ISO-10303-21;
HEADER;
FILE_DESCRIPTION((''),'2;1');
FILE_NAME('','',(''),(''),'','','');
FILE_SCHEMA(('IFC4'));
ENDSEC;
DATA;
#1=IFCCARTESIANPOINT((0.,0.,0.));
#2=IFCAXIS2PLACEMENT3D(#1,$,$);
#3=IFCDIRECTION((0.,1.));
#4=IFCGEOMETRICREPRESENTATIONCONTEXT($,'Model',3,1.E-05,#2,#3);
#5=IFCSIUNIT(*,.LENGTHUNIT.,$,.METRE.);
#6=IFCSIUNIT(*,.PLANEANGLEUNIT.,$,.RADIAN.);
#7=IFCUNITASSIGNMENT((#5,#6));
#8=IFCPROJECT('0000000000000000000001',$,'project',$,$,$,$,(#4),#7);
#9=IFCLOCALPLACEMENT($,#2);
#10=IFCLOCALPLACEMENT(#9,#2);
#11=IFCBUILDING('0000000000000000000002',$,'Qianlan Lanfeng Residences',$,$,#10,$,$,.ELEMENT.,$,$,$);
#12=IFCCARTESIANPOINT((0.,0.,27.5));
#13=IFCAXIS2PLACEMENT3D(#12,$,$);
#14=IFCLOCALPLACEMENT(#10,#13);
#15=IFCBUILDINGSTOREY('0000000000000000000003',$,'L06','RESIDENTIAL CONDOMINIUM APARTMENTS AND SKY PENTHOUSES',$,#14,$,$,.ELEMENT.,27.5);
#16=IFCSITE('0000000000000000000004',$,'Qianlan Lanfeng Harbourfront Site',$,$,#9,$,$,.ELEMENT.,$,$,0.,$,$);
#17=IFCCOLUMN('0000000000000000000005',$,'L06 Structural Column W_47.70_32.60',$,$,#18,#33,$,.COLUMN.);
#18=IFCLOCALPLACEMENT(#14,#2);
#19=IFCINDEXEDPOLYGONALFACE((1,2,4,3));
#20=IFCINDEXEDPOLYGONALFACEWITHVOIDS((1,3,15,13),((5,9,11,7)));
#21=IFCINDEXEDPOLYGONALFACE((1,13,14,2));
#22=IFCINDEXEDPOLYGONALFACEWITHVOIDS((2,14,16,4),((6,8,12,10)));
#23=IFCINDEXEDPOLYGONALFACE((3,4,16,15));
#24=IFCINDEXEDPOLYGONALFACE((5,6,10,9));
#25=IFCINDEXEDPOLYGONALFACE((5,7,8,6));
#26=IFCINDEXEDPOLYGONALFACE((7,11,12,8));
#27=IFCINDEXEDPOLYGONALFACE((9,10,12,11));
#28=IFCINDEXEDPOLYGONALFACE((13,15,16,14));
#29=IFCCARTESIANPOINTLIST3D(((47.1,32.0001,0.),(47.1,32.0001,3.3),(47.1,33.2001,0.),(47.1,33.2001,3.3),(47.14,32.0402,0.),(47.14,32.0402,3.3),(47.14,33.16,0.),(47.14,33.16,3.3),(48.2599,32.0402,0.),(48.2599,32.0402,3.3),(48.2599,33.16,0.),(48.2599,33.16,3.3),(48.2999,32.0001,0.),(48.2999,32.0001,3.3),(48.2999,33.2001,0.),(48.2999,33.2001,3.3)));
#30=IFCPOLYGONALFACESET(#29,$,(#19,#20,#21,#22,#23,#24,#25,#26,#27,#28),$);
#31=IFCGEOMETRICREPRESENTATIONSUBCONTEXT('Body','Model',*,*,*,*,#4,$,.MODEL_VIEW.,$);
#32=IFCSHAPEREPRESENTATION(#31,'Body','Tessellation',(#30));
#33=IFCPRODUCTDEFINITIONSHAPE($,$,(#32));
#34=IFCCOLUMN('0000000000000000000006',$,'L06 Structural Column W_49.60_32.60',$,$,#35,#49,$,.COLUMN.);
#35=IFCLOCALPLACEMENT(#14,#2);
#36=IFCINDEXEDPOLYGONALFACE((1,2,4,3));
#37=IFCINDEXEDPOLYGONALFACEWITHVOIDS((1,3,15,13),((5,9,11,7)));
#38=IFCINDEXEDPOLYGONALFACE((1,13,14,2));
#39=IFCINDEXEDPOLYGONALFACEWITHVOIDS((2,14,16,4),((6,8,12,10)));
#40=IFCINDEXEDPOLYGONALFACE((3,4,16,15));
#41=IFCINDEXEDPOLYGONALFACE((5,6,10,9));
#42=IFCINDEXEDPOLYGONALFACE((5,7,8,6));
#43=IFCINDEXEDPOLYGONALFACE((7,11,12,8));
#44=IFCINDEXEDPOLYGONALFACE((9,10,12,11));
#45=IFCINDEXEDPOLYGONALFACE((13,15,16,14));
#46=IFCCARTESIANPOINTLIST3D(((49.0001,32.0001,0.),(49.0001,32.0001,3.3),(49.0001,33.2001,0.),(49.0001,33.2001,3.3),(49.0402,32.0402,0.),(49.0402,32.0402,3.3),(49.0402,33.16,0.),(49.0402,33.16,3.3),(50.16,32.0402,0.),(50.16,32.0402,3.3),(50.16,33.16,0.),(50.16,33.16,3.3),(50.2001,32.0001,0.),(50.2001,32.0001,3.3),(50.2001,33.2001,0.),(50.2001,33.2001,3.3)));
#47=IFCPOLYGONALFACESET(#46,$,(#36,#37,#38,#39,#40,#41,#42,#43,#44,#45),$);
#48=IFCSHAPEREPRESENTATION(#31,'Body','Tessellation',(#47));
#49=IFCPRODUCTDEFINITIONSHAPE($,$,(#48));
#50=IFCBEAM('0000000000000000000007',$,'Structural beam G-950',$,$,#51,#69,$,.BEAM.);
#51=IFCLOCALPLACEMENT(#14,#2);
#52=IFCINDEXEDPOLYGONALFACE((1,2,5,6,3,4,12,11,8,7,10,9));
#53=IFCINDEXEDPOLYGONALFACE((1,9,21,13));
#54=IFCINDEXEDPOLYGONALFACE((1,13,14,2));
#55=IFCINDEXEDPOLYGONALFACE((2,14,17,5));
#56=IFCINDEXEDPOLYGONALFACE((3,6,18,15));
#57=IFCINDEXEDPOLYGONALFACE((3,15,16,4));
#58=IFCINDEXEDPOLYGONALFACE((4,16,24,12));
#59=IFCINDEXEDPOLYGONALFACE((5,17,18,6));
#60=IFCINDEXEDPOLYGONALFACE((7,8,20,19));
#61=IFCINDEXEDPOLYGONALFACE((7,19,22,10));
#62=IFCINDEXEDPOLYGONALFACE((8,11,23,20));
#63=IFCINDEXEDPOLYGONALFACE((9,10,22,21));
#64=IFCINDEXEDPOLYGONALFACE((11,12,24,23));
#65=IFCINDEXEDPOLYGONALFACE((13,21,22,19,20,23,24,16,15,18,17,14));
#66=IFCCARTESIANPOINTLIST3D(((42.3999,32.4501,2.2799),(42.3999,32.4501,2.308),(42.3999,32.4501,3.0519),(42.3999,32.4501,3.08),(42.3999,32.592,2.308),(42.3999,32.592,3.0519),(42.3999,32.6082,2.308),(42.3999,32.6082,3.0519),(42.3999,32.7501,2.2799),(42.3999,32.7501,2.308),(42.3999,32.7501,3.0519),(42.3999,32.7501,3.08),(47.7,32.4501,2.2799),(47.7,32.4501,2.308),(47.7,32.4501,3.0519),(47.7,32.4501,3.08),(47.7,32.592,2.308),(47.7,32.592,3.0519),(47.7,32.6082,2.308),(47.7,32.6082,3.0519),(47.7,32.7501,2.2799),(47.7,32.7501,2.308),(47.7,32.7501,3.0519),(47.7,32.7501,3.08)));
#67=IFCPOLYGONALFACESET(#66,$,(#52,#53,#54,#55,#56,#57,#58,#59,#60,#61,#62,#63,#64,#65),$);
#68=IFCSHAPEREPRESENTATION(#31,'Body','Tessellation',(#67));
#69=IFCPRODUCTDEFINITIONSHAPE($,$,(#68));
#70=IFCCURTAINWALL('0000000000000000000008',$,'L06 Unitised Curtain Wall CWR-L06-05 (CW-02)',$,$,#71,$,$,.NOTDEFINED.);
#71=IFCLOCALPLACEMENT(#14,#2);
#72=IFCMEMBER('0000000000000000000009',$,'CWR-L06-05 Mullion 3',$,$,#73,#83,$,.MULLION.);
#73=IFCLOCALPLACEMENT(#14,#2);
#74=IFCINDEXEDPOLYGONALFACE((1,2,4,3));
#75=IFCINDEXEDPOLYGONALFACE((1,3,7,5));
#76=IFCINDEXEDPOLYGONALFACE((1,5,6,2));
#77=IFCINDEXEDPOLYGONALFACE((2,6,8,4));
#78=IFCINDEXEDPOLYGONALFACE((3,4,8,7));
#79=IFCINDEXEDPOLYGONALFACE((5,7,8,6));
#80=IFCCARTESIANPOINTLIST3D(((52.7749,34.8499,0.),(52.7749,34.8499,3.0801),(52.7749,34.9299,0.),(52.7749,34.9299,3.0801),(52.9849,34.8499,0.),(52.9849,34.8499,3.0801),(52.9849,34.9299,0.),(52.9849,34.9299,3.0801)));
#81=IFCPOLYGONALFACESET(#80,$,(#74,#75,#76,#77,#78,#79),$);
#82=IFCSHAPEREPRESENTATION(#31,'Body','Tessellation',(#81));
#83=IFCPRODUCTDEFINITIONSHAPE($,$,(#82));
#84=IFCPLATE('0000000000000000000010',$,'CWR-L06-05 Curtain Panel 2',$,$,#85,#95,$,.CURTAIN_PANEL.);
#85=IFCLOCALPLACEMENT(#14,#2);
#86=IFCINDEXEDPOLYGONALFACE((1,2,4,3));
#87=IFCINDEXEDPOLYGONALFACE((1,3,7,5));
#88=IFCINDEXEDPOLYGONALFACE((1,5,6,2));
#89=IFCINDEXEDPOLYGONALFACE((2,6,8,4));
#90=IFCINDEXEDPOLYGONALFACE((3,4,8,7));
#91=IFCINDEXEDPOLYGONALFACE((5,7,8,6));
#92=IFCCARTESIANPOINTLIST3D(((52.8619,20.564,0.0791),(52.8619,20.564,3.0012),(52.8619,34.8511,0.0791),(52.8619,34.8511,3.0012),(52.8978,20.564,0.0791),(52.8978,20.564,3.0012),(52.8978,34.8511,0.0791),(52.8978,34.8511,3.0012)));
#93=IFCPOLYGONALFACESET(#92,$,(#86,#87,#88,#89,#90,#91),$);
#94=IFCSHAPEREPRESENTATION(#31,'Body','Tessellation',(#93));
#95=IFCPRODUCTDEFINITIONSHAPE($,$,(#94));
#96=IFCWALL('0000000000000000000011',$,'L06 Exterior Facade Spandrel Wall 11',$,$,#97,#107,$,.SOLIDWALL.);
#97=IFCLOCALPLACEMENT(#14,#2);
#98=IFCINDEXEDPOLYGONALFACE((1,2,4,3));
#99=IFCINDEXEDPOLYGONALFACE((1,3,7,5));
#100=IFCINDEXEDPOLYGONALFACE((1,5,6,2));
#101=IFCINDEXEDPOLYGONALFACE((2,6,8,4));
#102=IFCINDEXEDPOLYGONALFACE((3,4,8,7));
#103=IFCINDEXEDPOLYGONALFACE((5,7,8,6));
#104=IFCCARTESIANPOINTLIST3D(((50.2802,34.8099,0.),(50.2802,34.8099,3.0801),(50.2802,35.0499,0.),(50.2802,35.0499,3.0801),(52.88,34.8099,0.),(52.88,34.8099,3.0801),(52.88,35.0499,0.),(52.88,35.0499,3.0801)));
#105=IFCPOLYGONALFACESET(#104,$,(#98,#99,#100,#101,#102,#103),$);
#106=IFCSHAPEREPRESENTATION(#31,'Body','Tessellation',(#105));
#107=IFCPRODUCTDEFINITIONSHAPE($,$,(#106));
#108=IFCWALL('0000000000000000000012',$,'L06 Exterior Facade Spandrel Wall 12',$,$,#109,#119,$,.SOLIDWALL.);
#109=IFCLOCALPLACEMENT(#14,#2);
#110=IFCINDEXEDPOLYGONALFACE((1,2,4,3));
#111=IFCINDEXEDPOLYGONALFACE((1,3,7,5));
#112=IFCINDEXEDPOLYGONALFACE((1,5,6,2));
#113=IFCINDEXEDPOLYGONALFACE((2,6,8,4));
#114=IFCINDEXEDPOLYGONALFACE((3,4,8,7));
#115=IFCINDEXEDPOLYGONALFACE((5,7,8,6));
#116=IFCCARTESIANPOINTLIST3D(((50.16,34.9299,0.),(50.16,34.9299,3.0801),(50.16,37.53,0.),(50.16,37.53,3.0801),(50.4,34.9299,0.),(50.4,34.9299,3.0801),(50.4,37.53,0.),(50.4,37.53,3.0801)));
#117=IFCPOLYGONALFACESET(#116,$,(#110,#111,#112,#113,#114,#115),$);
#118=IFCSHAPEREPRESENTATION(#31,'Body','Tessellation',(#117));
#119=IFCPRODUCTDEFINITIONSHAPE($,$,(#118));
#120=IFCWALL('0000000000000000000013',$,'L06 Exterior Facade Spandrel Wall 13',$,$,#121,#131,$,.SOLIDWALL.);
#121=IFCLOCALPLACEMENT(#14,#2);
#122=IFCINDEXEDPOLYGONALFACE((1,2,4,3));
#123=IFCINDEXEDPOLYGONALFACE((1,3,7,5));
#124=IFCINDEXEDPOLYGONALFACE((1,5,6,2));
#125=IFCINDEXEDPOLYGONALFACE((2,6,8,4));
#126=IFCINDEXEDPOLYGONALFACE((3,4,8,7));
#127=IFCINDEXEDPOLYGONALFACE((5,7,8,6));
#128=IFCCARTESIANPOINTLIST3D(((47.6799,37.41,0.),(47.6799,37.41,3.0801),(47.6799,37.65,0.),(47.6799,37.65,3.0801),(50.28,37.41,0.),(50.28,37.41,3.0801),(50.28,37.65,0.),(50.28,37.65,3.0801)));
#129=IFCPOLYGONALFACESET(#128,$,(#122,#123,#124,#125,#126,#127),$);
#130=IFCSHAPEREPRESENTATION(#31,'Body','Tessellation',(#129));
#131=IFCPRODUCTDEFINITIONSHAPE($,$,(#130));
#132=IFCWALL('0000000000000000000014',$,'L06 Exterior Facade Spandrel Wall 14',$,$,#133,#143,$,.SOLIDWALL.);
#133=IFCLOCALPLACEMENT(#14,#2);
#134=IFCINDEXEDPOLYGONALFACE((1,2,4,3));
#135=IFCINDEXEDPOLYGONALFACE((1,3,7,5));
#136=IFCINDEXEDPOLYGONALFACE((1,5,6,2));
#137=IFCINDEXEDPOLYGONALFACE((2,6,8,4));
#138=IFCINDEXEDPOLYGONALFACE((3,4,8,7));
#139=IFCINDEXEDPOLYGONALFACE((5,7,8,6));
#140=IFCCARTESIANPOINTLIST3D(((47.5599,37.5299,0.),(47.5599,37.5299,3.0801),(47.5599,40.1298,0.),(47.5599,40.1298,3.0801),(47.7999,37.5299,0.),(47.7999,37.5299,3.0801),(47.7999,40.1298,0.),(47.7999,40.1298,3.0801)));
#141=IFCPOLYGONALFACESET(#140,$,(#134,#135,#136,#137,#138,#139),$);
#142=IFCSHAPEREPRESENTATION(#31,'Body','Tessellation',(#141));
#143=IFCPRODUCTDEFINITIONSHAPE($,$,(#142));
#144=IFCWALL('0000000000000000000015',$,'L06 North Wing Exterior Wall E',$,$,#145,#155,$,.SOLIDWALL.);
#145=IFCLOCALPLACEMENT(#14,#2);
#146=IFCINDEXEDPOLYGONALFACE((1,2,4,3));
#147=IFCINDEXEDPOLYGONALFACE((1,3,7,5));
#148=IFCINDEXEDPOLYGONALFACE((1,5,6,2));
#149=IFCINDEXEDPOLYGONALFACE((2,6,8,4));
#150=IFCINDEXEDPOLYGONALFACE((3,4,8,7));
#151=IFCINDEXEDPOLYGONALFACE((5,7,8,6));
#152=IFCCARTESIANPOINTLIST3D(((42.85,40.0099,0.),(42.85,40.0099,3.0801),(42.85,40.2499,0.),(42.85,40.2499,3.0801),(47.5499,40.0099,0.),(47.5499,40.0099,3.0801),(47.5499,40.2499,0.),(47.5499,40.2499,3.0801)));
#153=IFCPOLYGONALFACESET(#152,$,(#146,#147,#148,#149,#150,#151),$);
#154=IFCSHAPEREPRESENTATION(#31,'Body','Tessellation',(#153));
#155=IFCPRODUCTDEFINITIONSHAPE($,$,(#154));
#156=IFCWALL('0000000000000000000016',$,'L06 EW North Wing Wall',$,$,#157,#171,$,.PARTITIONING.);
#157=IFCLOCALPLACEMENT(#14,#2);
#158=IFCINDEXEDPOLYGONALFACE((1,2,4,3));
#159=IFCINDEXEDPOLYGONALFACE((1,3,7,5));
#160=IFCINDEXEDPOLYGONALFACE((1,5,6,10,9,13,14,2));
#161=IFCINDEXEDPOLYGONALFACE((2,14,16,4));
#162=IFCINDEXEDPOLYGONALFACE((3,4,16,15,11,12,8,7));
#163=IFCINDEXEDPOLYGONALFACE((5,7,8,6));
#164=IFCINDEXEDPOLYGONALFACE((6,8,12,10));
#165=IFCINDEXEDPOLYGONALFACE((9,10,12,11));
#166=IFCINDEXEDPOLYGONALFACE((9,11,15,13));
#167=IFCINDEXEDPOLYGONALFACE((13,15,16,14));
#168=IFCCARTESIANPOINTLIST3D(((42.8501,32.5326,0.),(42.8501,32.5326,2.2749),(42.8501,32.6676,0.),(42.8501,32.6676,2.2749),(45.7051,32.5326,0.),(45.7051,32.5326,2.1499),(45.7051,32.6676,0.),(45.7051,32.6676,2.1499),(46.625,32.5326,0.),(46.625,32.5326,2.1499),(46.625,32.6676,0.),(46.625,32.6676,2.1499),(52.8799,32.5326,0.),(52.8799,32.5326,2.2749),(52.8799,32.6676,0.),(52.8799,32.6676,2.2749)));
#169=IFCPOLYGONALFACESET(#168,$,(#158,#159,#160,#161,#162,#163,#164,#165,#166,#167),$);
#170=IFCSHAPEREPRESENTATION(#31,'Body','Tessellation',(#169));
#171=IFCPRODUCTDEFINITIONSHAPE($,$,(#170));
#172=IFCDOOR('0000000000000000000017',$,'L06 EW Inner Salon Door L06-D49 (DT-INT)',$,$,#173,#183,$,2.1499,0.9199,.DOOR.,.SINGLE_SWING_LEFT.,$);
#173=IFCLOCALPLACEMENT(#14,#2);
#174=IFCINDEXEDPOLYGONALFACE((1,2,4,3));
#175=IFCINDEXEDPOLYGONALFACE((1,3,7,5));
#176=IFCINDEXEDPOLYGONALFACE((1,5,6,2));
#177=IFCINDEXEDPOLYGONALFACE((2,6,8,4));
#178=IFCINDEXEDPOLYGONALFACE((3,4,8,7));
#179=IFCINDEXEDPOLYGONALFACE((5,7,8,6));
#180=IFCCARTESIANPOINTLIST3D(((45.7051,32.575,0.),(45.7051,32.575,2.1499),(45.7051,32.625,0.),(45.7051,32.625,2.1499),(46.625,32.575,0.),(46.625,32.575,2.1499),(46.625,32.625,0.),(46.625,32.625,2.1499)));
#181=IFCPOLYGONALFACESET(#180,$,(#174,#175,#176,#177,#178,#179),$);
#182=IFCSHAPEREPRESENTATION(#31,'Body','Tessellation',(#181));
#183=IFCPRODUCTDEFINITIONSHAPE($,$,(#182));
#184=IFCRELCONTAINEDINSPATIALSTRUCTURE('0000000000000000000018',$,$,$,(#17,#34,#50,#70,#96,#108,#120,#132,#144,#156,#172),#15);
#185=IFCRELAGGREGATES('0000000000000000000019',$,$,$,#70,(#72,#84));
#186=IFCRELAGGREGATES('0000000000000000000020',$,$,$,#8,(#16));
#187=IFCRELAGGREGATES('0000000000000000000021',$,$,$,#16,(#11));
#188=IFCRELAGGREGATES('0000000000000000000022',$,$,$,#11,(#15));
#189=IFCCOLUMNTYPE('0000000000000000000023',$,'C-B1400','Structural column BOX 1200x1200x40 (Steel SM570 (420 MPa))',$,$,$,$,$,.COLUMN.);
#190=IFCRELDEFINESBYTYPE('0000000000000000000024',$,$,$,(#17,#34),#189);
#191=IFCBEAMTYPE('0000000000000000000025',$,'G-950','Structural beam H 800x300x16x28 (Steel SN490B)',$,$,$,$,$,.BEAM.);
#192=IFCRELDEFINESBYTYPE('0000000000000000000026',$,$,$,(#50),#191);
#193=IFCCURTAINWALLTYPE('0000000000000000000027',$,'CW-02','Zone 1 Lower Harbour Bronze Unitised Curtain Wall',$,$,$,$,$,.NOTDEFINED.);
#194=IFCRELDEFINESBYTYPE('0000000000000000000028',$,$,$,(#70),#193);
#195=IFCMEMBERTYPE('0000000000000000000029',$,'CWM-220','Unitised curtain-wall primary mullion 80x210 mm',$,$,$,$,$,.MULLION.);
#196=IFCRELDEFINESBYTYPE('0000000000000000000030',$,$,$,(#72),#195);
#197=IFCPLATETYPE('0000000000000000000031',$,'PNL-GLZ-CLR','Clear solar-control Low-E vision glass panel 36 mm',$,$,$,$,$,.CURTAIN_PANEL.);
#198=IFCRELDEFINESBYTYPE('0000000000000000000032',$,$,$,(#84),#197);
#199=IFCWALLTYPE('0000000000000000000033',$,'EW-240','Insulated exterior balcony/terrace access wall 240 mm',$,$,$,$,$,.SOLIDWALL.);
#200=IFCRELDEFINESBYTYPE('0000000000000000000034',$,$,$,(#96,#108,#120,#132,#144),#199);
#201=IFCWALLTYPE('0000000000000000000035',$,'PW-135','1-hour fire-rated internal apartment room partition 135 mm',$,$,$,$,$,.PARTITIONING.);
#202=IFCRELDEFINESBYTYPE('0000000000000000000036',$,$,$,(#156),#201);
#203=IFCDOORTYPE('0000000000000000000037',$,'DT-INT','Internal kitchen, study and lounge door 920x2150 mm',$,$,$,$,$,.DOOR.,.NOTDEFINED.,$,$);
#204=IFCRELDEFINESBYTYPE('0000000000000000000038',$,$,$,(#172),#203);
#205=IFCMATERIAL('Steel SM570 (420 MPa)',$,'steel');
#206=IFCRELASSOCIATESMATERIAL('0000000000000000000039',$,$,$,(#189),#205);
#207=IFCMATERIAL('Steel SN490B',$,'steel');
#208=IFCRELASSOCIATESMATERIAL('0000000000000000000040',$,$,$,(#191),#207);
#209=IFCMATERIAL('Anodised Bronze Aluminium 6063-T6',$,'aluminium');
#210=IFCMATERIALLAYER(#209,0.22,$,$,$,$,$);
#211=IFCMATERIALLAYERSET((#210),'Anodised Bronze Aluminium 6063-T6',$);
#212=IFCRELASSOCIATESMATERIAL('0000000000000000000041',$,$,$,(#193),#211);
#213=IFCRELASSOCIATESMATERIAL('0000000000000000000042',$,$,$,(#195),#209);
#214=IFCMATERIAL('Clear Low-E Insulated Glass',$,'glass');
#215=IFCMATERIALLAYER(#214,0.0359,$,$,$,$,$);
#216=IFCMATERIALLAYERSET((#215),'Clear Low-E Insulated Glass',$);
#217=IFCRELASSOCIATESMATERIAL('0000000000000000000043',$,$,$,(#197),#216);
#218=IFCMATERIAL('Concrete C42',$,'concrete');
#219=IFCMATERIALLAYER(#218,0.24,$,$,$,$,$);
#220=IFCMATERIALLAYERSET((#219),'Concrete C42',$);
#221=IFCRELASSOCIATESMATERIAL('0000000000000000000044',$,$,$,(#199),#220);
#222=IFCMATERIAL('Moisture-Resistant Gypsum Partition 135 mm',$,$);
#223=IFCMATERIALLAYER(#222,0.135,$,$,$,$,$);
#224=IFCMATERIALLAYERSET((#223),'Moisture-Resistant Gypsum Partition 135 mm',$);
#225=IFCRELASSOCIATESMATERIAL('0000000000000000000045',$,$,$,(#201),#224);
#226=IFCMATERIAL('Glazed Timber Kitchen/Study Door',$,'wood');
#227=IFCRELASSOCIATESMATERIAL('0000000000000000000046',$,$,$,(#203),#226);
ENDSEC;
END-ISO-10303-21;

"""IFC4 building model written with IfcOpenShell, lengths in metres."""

from ifc_helpers import new_model, si_unit, direction, frame, frame_2d, origin, origin_2d, place, context, subcontext, project, spatial, rectangle, hollow_rectangle, i_section, extrude, source, transform, mapped, material, layer, layer_set, material_profile, profile_set, type_object, element, fill, aggregate, save


model = new_model("IFC4")

# Units and contexts
model_context = context("Model", 3, precision=1e-05, world=origin(), true_north=direction((0.0, 1.0)))
body_context = subcontext(model_context, "Body", "Model", "MODEL_VIEW")
ifc_project = project(units=[si_unit("LENGTHUNIT", "METRE"), si_unit("PLANEANGLEUNIT", "RADIAN")], contexts=[model_context])

# Site, building, storey
site_placement = place(None, origin())
site = spatial("IfcSite", under=ifc_project, at=site_placement, Name="Qianlan Lanfeng Harbourfront Site", CompositionType="ELEMENT", RefElevation=0.0)
building_placement = place(site_placement, origin())
building = spatial("IfcBuilding", under=site, at=building_placement, Name="Qianlan Lanfeng Residences", CompositionType="ELEMENT")
storey_placement = place(building_placement, frame((0.0, 0.0, 27.5)))
storey = spatial("IfcBuildingStorey", under=building, at=storey_placement, Name="L06", Description="RESIDENTIAL CONDOMINIUM APARTMENTS AND SKY PENTHOUSES", CompositionType="ELEMENT", Elevation=27.5)

# Columns
ifc_material_1 = material(Name="Steel SM570 (420 MPa)", Category="steel")
ifc_material_profile_1 = material_profile(ifc_material_1, hollow_rectangle(XDim=1.2, YDim=1.2, WallThickness=0.04, at=origin_2d()), Name="BOX 1200x1200x40")
ifc_profile_set_1 = profile_set([ifc_material_profile_1], Name="Steel SM570 (420 MPa)")
column_type = type_object("IfcColumnType", Name="C-B1400", Description="Structural column BOX 1200x1200x40 (Steel SM570 (420 MPa))", PredefinedType="COLUMN", material=ifc_profile_set_1)
for number, where, z_axis, x_axis, name in (
    (1, (47.7, 32.6001, 0.0), (0.0, 0.0, 1.0), (1.0, 0.0, 0.0), "L06 Structural Column W_47.70_32.60"),
    (2, (49.6001, 32.6001, 0.0), (0.0, 0.0, 1.0), (1.0, 0.0, 0.0), "L06 Structural Column W_49.60_32.60"),
):
    element("IfcColumn", number, at=place(storey_placement, frame(where, z_axis=z_axis, x_axis=x_axis)), inside=storey, type_object=column_type, Name=name, PredefinedType="COLUMN", context=body_context, shape_type="SweptSolid", body=[
        extrude(hollow_rectangle(XDim=1.2, YDim=1.2, WallThickness=0.04, at=origin_2d()), origin(), (0.0, 0.0, 1.0), 3.3),
    ])

# Beam
ifc_material_2 = material(Name="Steel SN490B", Category="steel")
ifc_material_profile_2 = material_profile(ifc_material_2, i_section(OverallWidth=0.3, OverallDepth=0.8, WebThickness=0.0161, FlangeThickness=0.0281, at=origin_2d()), Name="H 800x300x16x28")
ifc_profile_set_2 = profile_set([ifc_material_profile_2], Name="Steel SN490B")
beam_type = type_object("IfcBeamType", Name="G-950", Description="Structural beam H 800x300x16x28 (Steel SN490B)", PredefinedType="BEAM", material=ifc_profile_set_2)
beam_placement = place(storey_placement, frame((42.3999, 32.6001, 2.6799), z_axis=(1.0, 0.0, 0.0), x_axis=(0.0, 1.0, 0.0)))
element("IfcBeam", 3, at=beam_placement, inside=storey, type_object=beam_type, Name="Structural beam G-950", PredefinedType="BEAM", context=body_context, shape_type="SweptSolid", body=[
    extrude(i_section(OverallWidth=0.3, OverallDepth=0.8, WebThickness=0.0161, FlangeThickness=0.0281, at=origin_2d()), origin(), (0.0, 0.0, 1.0), 5.3),
])

# Curtain wall, member, plate
ifc_material_3 = material(Name="Anodised Bronze Aluminium 6063-T6", Category="aluminium")
ifc_layer_1 = layer(ifc_material_3, 0.22)
ifc_layer_set_1 = layer_set([ifc_layer_1], Name="Anodised Bronze Aluminium 6063-T6")
curtain_wall_type = type_object("IfcCurtainWallType", Name="CW-02", Description="Zone 1 Lower Harbour Bronze Unitised Curtain Wall", PredefinedType="NOTDEFINED", material=ifc_layer_set_1)
curtain_wall_placement = place(storey_placement, origin())
curtain_wall = element("IfcCurtainWall", 4, at=curtain_wall_placement, inside=storey, type_object=curtain_wall_type, Name="L06 Unitised Curtain Wall CWR-L06-05 (CW-02)", PredefinedType="NOTDEFINED")
ifc_material_profile_3 = material_profile(ifc_material_3, rectangle(XDim=0.0801, YDim=0.21, at=origin_2d()), Name="ALU MULLION 80x210")
ifc_profile_set_3 = profile_set([ifc_material_profile_3], Name="Anodised Bronze Aluminium 6063-T6")
member_type = type_object("IfcMemberType", Name="CWM-220", Description="Unitised curtain-wall primary mullion 80x210 mm", PredefinedType="MULLION", material=ifc_profile_set_3)
shared_shape_1 = source(origin(), body_context, "Body", "SweptSolid", [
    extrude(rectangle(XDim=0.0801, YDim=0.21, at=origin_2d()), origin(), (0.0, 0.0, 1.0), 3.0801),
])
member_placement = place(storey_placement, frame((52.8799, 34.8899, 0.0), z_axis=(0.0, 0.0, 1.0), x_axis=(0.0, 1.0, 0.0)))
member = element("IfcMember", 5, at=member_placement, type_object=member_type, Name="CWR-L06-05 Mullion 3", PredefinedType="MULLION", context=body_context, shape_type="MappedRepresentation", body=[
    mapped(shared_shape_1, transform((0.0, 0.0, 0.0), scale=1.0)),
])
ifc_material_4 = material(Name="Clear Low-E Insulated Glass", Category="glass")
ifc_layer_2 = layer(ifc_material_4, 0.0359)
ifc_layer_set_2 = layer_set([ifc_layer_2], Name="Clear Low-E Insulated Glass")
plate_type = type_object("IfcPlateType", Name="PNL-GLZ-CLR", Description="Clear solar-control Low-E vision glass panel 36 mm", PredefinedType="CURTAIN_PANEL", material=ifc_layer_set_2)
shared_shape_2 = source(origin(), body_context, "Body", "SweptSolid", [
    extrude(rectangle(XDim=14.2871, YDim=0.0359, at=origin_2d()), origin(), (0.0, 0.0, 1.0), 2.9221),
])
plate_placement = place(storey_placement, frame((52.8799, 27.7075, 0.0791), z_axis=(0.0, 0.0, 1.0), x_axis=(0.0, 1.0, 0.0)))
plate = element("IfcPlate", 6, at=plate_placement, type_object=plate_type, Name="CWR-L06-05 Curtain Panel 2", PredefinedType="CURTAIN_PANEL", context=body_context, shape_type="MappedRepresentation", body=[
    mapped(shared_shape_2, transform((0.0, 0.0, 0.0), scale=1.0)),
])
aggregate(curtain_wall, [member, plate])

# Walls
ifc_material_5 = material(Name="Concrete C42", Category="concrete")
ifc_layer_3 = layer(ifc_material_5, 0.24)
ifc_layer_set_3 = layer_set([ifc_layer_3], Name="Concrete C42")
wall_type_1 = type_object("IfcWallType", Name="EW-240", Description="Insulated exterior balcony/terrace access wall 240 mm", PredefinedType="SOLIDWALL", material=ifc_layer_set_3)
wall_1_placement = place(storey_placement, frame((52.8799, 34.9299, 0.0), z_axis=(0.0, 0.0, 1.0), x_axis=(-1.0, 0.0, 0.0)))
element("IfcWall", 7, at=wall_1_placement, inside=storey, type_object=wall_type_1, Name="L06 Exterior Facade Spandrel Wall 11", PredefinedType="SOLIDWALL", context=body_context, shape_type="SweptSolid", body=[
    extrude(rectangle(XDim=2.5999, YDim=0.24, at=frame_2d((1.2998, 0.0))), origin(), (0.0, 0.0, 1.0), 3.0801),
])
for number, where, z_axis, x_axis, name in (
    (8, (50.28, 34.9299, 0.0), (0.0, 0.0, 1.0), (0.0, 1.0, 0.0), "L06 Exterior Facade Spandrel Wall 12"),
    (9, (50.28, 37.53, 0.0), (0.0, 0.0, 1.0), (-1.0, 0.0, 0.0), "L06 Exterior Facade Spandrel Wall 13"),
):
    element("IfcWall", number, at=place(storey_placement, frame(where, z_axis=z_axis, x_axis=x_axis)), inside=storey, type_object=wall_type_1, Name=name, PredefinedType="SOLIDWALL", context=body_context, shape_type="SweptSolid", body=[
        extrude(rectangle(XDim=2.6001, YDim=0.24, at=frame_2d((1.3, 0.0))), origin(), (0.0, 0.0, 1.0), 3.0801),
    ])
wall_2_placement = place(storey_placement, frame((47.6799, 37.53, 0.0), z_axis=(0.0, 0.0, 1.0), x_axis=(0.0, 1.0, 0.0)))
element("IfcWall", 10, at=wall_2_placement, inside=storey, type_object=wall_type_1, Name="L06 Exterior Facade Spandrel Wall 14", PredefinedType="SOLIDWALL", context=body_context, shape_type="SweptSolid", body=[
    extrude(rectangle(XDim=2.5999, YDim=0.24, at=frame_2d((1.2998, 0.0))), origin(), (0.0, 0.0, 1.0), 3.0801),
])
wall_3_placement = place(storey_placement, frame((47.55, 40.1299, 0.0), z_axis=(0.0, 0.0, 1.0), x_axis=(-1.0, 0.0, 0.0)))
element("IfcWall", 11, at=wall_3_placement, inside=storey, type_object=wall_type_1, Name="L06 North Wing Exterior Wall E", PredefinedType="SOLIDWALL", context=body_context, shape_type="SweptSolid", body=[
    extrude(rectangle(XDim=4.7, YDim=0.24, at=frame_2d((2.3501, 0.0))), origin(), (0.0, 0.0, 1.0), 3.0801),
])

# Wall, opening, door
ifc_material_6 = material(Name="Moisture-Resistant Gypsum Partition 135 mm")
ifc_layer_4 = layer(ifc_material_6, 0.135)
ifc_layer_set_4 = layer_set([ifc_layer_4], Name="Moisture-Resistant Gypsum Partition 135 mm")
wall_type_2 = type_object("IfcWallType", Name="PW-135", Description="1-hour fire-rated internal apartment room partition 135 mm", PredefinedType="PARTITIONING", material=ifc_layer_set_4)
wall_4_placement = place(storey_placement, frame((42.8501, 32.6001, 0.0), z_axis=(0.0, 0.0, 1.0), x_axis=(1.0, 0.0, 0.0)))
wall_4 = element("IfcWall", 12, at=wall_4_placement, inside=storey, type_object=wall_type_2, Name="L06 EW North Wing Wall", PredefinedType="PARTITIONING", context=body_context, shape_type="SweptSolid", body=[
    extrude(rectangle(XDim=10.0298, YDim=0.135, at=frame_2d((5.0149, 0.0))), origin(), (0.0, 0.0, 1.0), 2.2749),
])
opening_placement = place(wall_4_placement, frame((2.855, 0.0, 0.0)))
opening = element("IfcOpeningElement", 13, at=opening_placement, cuts=wall_4, PredefinedType="OPENING", context=body_context, shape_type="SweptSolid", body=[
    extrude(rectangle(XDim=0.9199, YDim=2.1499, at=frame_2d((0.46, 1.075))), frame((0.0, 0.0776, 0.0), z_axis=(0.0, -1.0, 0.0), x_axis=(1.0, 0.0, 0.0)), (0.0, 0.0, 1.0), 0.155),
])
ifc_material_7 = material(Name="Glazed Timber Kitchen/Study Door", Category="wood")
door_type = type_object("IfcDoorType", Name="DT-INT", Description="Internal kitchen, study and lounge door 920x2150 mm", OperationType="NOTDEFINED", PredefinedType="DOOR", material=ifc_material_7)
door_placement = place(opening_placement, origin())
door = element("IfcDoor", 14, at=door_placement, inside=storey, type_object=door_type, Name="L06 EW Inner Salon Door L06-D49 (DT-INT)", OperationType="SINGLE_SWING_LEFT", OverallHeight=2.1499, OverallWidth=0.9199, PredefinedType="DOOR", context=body_context, shape_type="SweptSolid", body=[
    extrude(rectangle(XDim=0.9199, YDim=2.1499, at=frame_2d((0.46, 1.075))), frame((0.0, 0.0249, 0.0), z_axis=(0.0, -1.0, 0.0), x_axis=(1.0, 0.0, 0.0)), (0.0, 0.0, 1.0), 0.05),
])
fill(opening, door)

save(model, "model.ifc")
